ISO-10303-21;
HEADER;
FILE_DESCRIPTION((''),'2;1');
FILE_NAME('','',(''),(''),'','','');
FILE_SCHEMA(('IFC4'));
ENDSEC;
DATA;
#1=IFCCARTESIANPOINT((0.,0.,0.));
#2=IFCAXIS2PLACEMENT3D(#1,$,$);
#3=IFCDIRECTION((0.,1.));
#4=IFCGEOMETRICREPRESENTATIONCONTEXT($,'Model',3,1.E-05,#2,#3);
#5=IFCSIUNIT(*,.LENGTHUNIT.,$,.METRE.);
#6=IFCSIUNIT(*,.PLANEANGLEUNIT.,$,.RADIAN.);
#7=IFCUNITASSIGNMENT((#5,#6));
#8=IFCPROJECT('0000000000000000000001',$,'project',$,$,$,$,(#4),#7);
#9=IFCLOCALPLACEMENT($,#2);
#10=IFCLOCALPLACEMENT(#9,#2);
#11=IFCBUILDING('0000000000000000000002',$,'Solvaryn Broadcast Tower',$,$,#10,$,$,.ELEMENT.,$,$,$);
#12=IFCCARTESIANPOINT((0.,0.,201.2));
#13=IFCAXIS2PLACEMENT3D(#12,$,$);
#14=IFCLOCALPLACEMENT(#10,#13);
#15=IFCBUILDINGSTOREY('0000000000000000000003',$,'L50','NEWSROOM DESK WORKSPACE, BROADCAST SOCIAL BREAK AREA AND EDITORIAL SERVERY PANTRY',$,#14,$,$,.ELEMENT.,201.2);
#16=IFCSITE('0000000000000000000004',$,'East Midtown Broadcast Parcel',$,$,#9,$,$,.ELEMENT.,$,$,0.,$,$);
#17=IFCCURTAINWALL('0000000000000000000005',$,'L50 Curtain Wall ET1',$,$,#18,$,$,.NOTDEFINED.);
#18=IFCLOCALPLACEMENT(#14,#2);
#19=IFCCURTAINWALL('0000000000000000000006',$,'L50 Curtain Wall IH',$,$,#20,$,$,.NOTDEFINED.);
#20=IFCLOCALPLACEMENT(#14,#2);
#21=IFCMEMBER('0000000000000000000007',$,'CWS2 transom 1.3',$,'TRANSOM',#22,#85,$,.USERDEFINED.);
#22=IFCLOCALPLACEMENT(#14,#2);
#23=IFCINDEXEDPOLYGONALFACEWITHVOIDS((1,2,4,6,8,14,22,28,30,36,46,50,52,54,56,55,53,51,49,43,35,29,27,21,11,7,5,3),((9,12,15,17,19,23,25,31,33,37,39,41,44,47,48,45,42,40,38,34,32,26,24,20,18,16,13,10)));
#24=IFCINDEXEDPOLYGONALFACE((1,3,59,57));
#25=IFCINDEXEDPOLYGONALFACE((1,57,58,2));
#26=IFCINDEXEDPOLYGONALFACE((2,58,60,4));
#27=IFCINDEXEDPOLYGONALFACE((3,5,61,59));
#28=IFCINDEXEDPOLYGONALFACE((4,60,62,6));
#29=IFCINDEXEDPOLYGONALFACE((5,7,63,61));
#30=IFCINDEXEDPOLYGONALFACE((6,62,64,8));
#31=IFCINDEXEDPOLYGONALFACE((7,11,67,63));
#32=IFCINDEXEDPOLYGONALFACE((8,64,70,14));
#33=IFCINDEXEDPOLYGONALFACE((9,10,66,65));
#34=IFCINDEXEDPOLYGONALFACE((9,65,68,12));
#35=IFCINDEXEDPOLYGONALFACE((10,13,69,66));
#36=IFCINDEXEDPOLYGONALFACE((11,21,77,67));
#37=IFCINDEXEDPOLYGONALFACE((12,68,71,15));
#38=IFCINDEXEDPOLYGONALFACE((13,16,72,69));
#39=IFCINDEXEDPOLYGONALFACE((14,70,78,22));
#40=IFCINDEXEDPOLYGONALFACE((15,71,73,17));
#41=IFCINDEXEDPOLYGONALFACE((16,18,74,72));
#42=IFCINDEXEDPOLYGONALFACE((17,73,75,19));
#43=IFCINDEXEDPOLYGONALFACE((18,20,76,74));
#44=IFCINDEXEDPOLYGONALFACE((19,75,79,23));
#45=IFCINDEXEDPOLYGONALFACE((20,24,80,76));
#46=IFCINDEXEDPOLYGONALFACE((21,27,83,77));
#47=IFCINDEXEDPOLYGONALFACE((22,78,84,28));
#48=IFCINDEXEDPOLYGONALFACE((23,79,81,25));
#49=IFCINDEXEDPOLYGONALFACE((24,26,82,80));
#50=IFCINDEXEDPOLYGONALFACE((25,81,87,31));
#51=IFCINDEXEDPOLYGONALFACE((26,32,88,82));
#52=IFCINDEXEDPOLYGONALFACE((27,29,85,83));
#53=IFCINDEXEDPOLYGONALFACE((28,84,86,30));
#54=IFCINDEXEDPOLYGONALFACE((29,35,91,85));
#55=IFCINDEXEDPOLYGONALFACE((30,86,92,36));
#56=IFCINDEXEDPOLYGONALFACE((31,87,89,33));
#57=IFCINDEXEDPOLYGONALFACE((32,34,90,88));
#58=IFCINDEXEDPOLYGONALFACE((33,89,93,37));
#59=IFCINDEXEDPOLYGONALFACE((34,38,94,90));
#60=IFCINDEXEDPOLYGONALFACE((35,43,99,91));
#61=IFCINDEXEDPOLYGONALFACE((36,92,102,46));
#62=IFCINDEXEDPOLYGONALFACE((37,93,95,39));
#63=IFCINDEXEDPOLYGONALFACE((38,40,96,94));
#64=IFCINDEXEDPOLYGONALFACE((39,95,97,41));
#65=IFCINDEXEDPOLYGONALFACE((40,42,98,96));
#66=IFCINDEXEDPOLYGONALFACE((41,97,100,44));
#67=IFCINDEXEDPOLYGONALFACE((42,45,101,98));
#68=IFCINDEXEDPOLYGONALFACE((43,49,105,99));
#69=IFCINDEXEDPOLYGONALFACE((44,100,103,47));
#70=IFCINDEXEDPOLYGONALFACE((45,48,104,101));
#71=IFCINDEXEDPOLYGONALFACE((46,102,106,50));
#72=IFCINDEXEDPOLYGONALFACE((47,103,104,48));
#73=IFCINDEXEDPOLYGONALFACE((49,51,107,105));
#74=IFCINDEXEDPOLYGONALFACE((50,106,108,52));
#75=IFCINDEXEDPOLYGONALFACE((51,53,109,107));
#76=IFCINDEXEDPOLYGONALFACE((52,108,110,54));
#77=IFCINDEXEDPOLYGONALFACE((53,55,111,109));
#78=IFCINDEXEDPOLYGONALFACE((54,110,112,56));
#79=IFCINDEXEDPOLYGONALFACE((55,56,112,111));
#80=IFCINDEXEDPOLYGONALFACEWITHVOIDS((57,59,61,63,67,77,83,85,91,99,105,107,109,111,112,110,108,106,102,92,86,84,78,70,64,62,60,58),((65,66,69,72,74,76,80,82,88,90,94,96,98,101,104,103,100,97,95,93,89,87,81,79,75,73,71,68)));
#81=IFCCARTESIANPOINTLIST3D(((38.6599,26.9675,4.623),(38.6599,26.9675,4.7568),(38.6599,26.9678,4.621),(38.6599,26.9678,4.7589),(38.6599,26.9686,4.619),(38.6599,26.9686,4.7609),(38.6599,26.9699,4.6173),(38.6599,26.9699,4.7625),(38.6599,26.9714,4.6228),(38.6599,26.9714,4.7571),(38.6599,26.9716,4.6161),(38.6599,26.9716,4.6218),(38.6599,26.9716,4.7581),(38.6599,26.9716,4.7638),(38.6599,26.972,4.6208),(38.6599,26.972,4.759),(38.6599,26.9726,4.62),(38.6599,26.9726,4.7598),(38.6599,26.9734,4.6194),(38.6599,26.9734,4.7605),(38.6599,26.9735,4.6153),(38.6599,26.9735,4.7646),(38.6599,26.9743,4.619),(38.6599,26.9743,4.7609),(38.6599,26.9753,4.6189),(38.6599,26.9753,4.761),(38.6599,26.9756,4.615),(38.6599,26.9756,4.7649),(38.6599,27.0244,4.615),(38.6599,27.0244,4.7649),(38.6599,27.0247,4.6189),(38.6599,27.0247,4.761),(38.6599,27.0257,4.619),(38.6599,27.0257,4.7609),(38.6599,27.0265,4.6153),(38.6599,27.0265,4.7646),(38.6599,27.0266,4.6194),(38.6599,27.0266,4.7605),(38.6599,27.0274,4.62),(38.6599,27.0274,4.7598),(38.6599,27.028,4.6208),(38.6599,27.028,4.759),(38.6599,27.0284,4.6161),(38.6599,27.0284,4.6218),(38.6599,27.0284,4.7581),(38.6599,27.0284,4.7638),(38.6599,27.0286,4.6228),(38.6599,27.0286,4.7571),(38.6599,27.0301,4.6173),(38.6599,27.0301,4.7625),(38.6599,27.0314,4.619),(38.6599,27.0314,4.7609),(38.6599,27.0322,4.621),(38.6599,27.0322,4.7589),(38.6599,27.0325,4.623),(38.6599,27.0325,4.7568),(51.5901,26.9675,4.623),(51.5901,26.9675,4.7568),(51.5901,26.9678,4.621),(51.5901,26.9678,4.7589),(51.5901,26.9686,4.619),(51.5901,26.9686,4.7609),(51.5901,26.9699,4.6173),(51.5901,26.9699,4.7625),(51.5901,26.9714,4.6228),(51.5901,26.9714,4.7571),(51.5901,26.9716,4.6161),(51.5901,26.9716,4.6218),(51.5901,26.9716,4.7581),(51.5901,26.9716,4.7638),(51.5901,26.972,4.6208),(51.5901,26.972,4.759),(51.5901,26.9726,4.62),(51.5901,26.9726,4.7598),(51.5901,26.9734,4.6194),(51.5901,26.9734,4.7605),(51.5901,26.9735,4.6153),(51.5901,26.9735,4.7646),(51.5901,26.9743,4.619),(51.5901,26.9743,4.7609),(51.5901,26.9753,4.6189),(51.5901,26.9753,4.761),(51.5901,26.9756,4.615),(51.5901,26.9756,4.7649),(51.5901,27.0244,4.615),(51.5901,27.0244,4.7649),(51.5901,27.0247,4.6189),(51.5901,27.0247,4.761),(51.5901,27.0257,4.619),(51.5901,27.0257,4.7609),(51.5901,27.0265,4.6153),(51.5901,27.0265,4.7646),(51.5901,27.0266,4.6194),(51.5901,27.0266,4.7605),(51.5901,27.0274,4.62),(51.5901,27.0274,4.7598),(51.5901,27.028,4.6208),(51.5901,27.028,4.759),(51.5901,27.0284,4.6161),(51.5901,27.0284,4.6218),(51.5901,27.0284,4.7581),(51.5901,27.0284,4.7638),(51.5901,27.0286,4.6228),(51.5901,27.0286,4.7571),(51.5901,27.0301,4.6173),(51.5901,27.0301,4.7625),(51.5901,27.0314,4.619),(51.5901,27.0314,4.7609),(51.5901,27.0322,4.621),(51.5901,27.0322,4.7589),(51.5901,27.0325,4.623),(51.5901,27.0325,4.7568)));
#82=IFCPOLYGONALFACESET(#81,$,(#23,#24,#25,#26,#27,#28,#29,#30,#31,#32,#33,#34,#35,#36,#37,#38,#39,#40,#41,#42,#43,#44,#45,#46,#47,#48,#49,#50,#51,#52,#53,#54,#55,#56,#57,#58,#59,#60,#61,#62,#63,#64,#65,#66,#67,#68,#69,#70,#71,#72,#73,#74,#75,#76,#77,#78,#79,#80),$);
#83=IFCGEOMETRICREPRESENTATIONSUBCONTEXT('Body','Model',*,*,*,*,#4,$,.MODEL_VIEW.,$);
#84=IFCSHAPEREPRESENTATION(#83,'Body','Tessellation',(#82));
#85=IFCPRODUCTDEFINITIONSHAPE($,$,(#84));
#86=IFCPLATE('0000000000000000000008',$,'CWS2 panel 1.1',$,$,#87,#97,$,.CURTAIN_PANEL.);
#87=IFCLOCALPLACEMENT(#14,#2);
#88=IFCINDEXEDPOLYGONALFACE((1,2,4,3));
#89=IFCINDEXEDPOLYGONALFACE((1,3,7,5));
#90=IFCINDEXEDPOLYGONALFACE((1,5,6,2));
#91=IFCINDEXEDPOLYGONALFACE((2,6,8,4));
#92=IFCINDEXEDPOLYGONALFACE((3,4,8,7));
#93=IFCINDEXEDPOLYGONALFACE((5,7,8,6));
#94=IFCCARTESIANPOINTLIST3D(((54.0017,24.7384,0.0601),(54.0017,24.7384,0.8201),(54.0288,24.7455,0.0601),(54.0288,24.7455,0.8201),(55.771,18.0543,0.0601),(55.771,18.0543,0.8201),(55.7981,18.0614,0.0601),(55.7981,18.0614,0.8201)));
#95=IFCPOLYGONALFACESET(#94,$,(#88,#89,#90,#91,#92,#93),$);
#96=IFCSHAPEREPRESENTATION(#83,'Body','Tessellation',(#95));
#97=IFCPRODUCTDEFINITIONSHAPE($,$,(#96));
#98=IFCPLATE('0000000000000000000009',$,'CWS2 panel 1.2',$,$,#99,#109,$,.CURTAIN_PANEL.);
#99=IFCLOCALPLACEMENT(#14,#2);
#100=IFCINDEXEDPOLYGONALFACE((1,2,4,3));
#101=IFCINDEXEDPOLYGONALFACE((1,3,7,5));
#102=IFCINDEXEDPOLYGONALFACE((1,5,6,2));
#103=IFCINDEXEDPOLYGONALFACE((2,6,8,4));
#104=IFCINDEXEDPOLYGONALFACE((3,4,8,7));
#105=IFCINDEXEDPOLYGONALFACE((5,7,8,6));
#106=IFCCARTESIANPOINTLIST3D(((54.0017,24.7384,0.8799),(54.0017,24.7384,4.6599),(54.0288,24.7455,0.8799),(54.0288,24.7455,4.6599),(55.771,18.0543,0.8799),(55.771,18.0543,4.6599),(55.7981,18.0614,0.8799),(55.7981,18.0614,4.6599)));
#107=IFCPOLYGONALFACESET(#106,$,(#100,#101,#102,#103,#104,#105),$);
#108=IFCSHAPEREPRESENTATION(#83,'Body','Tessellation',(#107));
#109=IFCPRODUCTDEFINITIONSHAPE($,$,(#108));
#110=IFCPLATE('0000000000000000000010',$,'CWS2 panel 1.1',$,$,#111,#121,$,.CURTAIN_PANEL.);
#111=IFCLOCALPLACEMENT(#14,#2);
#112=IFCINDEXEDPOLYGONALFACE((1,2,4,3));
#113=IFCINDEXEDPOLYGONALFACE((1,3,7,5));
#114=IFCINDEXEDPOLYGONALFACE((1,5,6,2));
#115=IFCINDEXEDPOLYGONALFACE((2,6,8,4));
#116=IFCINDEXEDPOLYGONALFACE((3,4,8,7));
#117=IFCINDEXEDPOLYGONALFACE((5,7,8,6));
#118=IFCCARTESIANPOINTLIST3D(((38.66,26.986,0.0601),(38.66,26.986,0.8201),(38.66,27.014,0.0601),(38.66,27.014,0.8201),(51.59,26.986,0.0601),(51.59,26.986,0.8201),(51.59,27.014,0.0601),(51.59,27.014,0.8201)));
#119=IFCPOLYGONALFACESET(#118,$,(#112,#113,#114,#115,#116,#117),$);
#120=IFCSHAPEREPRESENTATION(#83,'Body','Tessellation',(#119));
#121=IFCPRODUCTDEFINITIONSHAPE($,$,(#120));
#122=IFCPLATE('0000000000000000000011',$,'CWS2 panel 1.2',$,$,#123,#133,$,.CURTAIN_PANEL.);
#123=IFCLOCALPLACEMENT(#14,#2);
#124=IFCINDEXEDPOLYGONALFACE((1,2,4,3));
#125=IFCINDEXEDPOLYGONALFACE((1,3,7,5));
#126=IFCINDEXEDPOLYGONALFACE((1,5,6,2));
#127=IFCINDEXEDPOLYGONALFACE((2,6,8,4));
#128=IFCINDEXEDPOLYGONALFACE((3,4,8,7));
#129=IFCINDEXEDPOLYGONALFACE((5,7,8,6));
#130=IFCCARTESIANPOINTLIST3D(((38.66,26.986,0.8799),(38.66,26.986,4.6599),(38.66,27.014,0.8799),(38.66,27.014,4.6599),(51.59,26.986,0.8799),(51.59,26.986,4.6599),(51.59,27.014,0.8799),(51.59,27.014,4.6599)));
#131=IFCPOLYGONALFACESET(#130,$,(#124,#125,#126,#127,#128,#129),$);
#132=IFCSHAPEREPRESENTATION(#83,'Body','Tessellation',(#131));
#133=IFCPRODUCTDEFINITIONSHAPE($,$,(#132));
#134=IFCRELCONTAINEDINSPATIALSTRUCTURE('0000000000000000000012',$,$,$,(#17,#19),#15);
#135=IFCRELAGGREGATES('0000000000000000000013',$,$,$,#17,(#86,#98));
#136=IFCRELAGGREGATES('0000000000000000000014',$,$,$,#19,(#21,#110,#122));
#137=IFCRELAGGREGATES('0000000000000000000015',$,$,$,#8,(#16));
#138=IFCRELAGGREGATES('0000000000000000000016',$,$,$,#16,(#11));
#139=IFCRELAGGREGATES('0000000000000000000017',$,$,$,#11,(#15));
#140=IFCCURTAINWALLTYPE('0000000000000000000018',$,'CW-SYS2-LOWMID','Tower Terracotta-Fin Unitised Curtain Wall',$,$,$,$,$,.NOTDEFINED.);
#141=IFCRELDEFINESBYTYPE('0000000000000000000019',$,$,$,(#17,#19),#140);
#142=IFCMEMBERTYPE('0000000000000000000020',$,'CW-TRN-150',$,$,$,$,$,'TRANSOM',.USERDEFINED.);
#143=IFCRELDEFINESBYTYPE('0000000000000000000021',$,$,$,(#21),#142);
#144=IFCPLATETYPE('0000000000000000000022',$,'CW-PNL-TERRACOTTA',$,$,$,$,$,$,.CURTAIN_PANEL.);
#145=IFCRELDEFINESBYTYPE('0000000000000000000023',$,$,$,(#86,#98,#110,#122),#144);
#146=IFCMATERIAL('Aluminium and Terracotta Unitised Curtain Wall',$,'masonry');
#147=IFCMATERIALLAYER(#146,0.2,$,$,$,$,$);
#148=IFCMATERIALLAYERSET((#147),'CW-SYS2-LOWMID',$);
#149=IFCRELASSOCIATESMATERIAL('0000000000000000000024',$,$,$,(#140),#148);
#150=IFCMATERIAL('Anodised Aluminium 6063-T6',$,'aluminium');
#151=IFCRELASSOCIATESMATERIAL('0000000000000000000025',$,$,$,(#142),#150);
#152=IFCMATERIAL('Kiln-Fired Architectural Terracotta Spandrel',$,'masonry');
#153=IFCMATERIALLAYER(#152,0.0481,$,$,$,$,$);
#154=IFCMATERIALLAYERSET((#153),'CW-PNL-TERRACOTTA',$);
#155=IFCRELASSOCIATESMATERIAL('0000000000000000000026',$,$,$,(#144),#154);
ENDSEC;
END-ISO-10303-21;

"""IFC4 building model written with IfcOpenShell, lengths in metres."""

from ifc_helpers import new_model, si_unit, direction, frame, origin, origin_2d, place, context, subcontext, project, spatial, rectangle, hollow_rectangle, extrude, material, layer, layer_set, material_profile, profile_set, type_object, element, aggregate, save


model = new_model("IFC4")

# Units and contexts
model_context = context("Model", 3, precision=1e-05, world=origin(), true_north=direction((0.0, 1.0)))
body_context = subcontext(model_context, "Body", "Model", "MODEL_VIEW")
ifc_project = project(units=[si_unit("LENGTHUNIT", "METRE"), si_unit("PLANEANGLEUNIT", "RADIAN")], contexts=[model_context])

# Site, building, storey
site_placement = place(None, origin())
site = spatial("IfcSite", under=ifc_project, at=site_placement, Name="East Midtown Broadcast Parcel", CompositionType="ELEMENT", RefElevation=0.0)
building_placement = place(site_placement, origin())
building = spatial("IfcBuilding", under=site, at=building_placement, Name="Solvaryn Broadcast Tower", CompositionType="ELEMENT")
storey_placement = place(building_placement, frame((0.0, 0.0, 201.2)))
storey = spatial("IfcBuildingStorey", under=building, at=storey_placement, Name="L50", Description="NEWSROOM DESK WORKSPACE, BROADCAST SOCIAL BREAK AREA AND EDITORIAL SERVERY PANTRY", CompositionType="ELEMENT", Elevation=201.2)

# Curtain walls
ifc_material_1 = material(Name="Aluminium and Terracotta Unitised Curtain Wall", Category="masonry")
ifc_layer_1 = layer(ifc_material_1, 0.2)
ifc_layer_set_1 = layer_set([ifc_layer_1], Name="CW-SYS2-LOWMID")
curtain_wall_type = type_object("IfcCurtainWallType", Name="CW-SYS2-LOWMID", Description="Tower Terracotta-Fin Unitised Curtain Wall", PredefinedType="NOTDEFINED", material=ifc_layer_set_1)
curtain_wall_1_placement = place(storey_placement, origin())
curtain_wall_1 = element("IfcCurtainWall", 1, at=curtain_wall_1_placement, inside=storey, type_object=curtain_wall_type, Name="L50 Curtain Wall ET1", PredefinedType="NOTDEFINED")
curtain_wall_2_placement = place(storey_placement, origin())
curtain_wall_2 = element("IfcCurtainWall", 2, at=curtain_wall_2_placement, inside=storey, type_object=curtain_wall_type, Name="L50 Curtain Wall IH", PredefinedType="NOTDEFINED")

# Member
ifc_material_2 = material(Name="Anodised Aluminium 6063-T6", Category="aluminium")
ifc_material_profile_1 = material_profile(ifc_material_2, hollow_rectangle(XDim=0.0649, YDim=0.1499, WallThickness=0.0039, InnerFilletRadius=0.0039, OuterFilletRadius=0.0081, at=origin_2d()))
ifc_profile_set_1 = profile_set([ifc_material_profile_1], Name="Anodised Aluminium 6063-T6")
member_type_1 = type_object("IfcMemberType", Name="CW-TRN-150", ElementType="TRANSOM", PredefinedType="USERDEFINED", material=ifc_profile_set_1)
member_1_placement = place(storey_placement, frame((38.6599, 27.0, 4.6899), z_axis=(1.0, 0.0, 0.0), x_axis=(0.0, 1.0, 0.0)))
member_1 = element("IfcMember", 3, at=member_1_placement, type_object=member_type_1, Name="CWS2 transom 1.3", ObjectType="TRANSOM", PredefinedType="USERDEFINED", context=body_context, shape_type="SweptSolid", body=[
    extrude(hollow_rectangle(XDim=0.0649, YDim=0.1499, WallThickness=0.0039, InnerFilletRadius=0.0039, OuterFilletRadius=0.0081, at=origin_2d()), origin(), (0.0, 0.0, 1.0), 12.9302),
])

# Plates
ifc_material_3 = material(Name="Kiln-Fired Architectural Terracotta Spandrel", Category="masonry")
ifc_layer_2 = layer(ifc_material_3, 0.0481)
ifc_layer_set_2 = layer_set([ifc_layer_2], Name="CW-PNL-TERRACOTTA")
plate_type = type_object("IfcPlateType", Name="CW-PNL-TERRACOTTA", PredefinedType="CURTAIN_PANEL", material=ifc_layer_set_2)
plate_1_placement = place(storey_placement, frame((54.8999, 21.3999, 0.0601), z_axis=(0.0, 0.0, 1.0), x_axis=(0.255893, -0.966705, 0.0)))
plate_1 = element("IfcPlate", 4, at=plate_1_placement, type_object=plate_type, Name="CWS2 panel 1.1", PredefinedType="CURTAIN_PANEL", context=body_context, shape_type="SweptSolid", body=[
    extrude(rectangle(XDim=6.9143, YDim=0.0281, at=origin_2d()), origin(), (0.0, 0.0, 1.0), 0.76),
])
plate_2_placement = place(storey_placement, frame((54.8999, 21.3999, 0.8799), z_axis=(0.0, 0.0, 1.0), x_axis=(0.255893, -0.966705, 0.0)))
plate_2 = element("IfcPlate", 5, at=plate_2_placement, type_object=plate_type, Name="CWS2 panel 1.2", PredefinedType="CURTAIN_PANEL", context=body_context, shape_type="SweptSolid", body=[
    extrude(rectangle(XDim=6.9143, YDim=0.0281, at=origin_2d()), origin(), (0.0, 0.0, 1.0), 3.78),
])
aggregate(curtain_wall_1, [plate_1, plate_2])
plate_3_placement = place(storey_placement, frame((45.125, 27.0, 0.0601), z_axis=(0.0, 0.0, 1.0), x_axis=(1.0, 0.0, 0.0)))
plate_3 = element("IfcPlate", 6, at=plate_3_placement, type_object=plate_type, Name="CWS2 panel 1.1", PredefinedType="CURTAIN_PANEL", context=body_context, shape_type="SweptSolid", body=[
    extrude(rectangle(XDim=12.9299, YDim=0.0281, at=origin_2d()), origin(), (0.0, 0.0, 1.0), 0.76),
])
plate_4_placement = place(storey_placement, frame((45.125, 27.0, 0.8799), z_axis=(0.0, 0.0, 1.0), x_axis=(1.0, 0.0, 0.0)))
plate_4 = element("IfcPlate", 7, at=plate_4_placement, type_object=plate_type, Name="CWS2 panel 1.2", PredefinedType="CURTAIN_PANEL", context=body_context, shape_type="SweptSolid", body=[
    extrude(rectangle(XDim=12.9299, YDim=0.0281, at=origin_2d()), origin(), (0.0, 0.0, 1.0), 3.78),
])
aggregate(curtain_wall_2, [member_1, plate_3, plate_4])

save(model, "model.ifc")
